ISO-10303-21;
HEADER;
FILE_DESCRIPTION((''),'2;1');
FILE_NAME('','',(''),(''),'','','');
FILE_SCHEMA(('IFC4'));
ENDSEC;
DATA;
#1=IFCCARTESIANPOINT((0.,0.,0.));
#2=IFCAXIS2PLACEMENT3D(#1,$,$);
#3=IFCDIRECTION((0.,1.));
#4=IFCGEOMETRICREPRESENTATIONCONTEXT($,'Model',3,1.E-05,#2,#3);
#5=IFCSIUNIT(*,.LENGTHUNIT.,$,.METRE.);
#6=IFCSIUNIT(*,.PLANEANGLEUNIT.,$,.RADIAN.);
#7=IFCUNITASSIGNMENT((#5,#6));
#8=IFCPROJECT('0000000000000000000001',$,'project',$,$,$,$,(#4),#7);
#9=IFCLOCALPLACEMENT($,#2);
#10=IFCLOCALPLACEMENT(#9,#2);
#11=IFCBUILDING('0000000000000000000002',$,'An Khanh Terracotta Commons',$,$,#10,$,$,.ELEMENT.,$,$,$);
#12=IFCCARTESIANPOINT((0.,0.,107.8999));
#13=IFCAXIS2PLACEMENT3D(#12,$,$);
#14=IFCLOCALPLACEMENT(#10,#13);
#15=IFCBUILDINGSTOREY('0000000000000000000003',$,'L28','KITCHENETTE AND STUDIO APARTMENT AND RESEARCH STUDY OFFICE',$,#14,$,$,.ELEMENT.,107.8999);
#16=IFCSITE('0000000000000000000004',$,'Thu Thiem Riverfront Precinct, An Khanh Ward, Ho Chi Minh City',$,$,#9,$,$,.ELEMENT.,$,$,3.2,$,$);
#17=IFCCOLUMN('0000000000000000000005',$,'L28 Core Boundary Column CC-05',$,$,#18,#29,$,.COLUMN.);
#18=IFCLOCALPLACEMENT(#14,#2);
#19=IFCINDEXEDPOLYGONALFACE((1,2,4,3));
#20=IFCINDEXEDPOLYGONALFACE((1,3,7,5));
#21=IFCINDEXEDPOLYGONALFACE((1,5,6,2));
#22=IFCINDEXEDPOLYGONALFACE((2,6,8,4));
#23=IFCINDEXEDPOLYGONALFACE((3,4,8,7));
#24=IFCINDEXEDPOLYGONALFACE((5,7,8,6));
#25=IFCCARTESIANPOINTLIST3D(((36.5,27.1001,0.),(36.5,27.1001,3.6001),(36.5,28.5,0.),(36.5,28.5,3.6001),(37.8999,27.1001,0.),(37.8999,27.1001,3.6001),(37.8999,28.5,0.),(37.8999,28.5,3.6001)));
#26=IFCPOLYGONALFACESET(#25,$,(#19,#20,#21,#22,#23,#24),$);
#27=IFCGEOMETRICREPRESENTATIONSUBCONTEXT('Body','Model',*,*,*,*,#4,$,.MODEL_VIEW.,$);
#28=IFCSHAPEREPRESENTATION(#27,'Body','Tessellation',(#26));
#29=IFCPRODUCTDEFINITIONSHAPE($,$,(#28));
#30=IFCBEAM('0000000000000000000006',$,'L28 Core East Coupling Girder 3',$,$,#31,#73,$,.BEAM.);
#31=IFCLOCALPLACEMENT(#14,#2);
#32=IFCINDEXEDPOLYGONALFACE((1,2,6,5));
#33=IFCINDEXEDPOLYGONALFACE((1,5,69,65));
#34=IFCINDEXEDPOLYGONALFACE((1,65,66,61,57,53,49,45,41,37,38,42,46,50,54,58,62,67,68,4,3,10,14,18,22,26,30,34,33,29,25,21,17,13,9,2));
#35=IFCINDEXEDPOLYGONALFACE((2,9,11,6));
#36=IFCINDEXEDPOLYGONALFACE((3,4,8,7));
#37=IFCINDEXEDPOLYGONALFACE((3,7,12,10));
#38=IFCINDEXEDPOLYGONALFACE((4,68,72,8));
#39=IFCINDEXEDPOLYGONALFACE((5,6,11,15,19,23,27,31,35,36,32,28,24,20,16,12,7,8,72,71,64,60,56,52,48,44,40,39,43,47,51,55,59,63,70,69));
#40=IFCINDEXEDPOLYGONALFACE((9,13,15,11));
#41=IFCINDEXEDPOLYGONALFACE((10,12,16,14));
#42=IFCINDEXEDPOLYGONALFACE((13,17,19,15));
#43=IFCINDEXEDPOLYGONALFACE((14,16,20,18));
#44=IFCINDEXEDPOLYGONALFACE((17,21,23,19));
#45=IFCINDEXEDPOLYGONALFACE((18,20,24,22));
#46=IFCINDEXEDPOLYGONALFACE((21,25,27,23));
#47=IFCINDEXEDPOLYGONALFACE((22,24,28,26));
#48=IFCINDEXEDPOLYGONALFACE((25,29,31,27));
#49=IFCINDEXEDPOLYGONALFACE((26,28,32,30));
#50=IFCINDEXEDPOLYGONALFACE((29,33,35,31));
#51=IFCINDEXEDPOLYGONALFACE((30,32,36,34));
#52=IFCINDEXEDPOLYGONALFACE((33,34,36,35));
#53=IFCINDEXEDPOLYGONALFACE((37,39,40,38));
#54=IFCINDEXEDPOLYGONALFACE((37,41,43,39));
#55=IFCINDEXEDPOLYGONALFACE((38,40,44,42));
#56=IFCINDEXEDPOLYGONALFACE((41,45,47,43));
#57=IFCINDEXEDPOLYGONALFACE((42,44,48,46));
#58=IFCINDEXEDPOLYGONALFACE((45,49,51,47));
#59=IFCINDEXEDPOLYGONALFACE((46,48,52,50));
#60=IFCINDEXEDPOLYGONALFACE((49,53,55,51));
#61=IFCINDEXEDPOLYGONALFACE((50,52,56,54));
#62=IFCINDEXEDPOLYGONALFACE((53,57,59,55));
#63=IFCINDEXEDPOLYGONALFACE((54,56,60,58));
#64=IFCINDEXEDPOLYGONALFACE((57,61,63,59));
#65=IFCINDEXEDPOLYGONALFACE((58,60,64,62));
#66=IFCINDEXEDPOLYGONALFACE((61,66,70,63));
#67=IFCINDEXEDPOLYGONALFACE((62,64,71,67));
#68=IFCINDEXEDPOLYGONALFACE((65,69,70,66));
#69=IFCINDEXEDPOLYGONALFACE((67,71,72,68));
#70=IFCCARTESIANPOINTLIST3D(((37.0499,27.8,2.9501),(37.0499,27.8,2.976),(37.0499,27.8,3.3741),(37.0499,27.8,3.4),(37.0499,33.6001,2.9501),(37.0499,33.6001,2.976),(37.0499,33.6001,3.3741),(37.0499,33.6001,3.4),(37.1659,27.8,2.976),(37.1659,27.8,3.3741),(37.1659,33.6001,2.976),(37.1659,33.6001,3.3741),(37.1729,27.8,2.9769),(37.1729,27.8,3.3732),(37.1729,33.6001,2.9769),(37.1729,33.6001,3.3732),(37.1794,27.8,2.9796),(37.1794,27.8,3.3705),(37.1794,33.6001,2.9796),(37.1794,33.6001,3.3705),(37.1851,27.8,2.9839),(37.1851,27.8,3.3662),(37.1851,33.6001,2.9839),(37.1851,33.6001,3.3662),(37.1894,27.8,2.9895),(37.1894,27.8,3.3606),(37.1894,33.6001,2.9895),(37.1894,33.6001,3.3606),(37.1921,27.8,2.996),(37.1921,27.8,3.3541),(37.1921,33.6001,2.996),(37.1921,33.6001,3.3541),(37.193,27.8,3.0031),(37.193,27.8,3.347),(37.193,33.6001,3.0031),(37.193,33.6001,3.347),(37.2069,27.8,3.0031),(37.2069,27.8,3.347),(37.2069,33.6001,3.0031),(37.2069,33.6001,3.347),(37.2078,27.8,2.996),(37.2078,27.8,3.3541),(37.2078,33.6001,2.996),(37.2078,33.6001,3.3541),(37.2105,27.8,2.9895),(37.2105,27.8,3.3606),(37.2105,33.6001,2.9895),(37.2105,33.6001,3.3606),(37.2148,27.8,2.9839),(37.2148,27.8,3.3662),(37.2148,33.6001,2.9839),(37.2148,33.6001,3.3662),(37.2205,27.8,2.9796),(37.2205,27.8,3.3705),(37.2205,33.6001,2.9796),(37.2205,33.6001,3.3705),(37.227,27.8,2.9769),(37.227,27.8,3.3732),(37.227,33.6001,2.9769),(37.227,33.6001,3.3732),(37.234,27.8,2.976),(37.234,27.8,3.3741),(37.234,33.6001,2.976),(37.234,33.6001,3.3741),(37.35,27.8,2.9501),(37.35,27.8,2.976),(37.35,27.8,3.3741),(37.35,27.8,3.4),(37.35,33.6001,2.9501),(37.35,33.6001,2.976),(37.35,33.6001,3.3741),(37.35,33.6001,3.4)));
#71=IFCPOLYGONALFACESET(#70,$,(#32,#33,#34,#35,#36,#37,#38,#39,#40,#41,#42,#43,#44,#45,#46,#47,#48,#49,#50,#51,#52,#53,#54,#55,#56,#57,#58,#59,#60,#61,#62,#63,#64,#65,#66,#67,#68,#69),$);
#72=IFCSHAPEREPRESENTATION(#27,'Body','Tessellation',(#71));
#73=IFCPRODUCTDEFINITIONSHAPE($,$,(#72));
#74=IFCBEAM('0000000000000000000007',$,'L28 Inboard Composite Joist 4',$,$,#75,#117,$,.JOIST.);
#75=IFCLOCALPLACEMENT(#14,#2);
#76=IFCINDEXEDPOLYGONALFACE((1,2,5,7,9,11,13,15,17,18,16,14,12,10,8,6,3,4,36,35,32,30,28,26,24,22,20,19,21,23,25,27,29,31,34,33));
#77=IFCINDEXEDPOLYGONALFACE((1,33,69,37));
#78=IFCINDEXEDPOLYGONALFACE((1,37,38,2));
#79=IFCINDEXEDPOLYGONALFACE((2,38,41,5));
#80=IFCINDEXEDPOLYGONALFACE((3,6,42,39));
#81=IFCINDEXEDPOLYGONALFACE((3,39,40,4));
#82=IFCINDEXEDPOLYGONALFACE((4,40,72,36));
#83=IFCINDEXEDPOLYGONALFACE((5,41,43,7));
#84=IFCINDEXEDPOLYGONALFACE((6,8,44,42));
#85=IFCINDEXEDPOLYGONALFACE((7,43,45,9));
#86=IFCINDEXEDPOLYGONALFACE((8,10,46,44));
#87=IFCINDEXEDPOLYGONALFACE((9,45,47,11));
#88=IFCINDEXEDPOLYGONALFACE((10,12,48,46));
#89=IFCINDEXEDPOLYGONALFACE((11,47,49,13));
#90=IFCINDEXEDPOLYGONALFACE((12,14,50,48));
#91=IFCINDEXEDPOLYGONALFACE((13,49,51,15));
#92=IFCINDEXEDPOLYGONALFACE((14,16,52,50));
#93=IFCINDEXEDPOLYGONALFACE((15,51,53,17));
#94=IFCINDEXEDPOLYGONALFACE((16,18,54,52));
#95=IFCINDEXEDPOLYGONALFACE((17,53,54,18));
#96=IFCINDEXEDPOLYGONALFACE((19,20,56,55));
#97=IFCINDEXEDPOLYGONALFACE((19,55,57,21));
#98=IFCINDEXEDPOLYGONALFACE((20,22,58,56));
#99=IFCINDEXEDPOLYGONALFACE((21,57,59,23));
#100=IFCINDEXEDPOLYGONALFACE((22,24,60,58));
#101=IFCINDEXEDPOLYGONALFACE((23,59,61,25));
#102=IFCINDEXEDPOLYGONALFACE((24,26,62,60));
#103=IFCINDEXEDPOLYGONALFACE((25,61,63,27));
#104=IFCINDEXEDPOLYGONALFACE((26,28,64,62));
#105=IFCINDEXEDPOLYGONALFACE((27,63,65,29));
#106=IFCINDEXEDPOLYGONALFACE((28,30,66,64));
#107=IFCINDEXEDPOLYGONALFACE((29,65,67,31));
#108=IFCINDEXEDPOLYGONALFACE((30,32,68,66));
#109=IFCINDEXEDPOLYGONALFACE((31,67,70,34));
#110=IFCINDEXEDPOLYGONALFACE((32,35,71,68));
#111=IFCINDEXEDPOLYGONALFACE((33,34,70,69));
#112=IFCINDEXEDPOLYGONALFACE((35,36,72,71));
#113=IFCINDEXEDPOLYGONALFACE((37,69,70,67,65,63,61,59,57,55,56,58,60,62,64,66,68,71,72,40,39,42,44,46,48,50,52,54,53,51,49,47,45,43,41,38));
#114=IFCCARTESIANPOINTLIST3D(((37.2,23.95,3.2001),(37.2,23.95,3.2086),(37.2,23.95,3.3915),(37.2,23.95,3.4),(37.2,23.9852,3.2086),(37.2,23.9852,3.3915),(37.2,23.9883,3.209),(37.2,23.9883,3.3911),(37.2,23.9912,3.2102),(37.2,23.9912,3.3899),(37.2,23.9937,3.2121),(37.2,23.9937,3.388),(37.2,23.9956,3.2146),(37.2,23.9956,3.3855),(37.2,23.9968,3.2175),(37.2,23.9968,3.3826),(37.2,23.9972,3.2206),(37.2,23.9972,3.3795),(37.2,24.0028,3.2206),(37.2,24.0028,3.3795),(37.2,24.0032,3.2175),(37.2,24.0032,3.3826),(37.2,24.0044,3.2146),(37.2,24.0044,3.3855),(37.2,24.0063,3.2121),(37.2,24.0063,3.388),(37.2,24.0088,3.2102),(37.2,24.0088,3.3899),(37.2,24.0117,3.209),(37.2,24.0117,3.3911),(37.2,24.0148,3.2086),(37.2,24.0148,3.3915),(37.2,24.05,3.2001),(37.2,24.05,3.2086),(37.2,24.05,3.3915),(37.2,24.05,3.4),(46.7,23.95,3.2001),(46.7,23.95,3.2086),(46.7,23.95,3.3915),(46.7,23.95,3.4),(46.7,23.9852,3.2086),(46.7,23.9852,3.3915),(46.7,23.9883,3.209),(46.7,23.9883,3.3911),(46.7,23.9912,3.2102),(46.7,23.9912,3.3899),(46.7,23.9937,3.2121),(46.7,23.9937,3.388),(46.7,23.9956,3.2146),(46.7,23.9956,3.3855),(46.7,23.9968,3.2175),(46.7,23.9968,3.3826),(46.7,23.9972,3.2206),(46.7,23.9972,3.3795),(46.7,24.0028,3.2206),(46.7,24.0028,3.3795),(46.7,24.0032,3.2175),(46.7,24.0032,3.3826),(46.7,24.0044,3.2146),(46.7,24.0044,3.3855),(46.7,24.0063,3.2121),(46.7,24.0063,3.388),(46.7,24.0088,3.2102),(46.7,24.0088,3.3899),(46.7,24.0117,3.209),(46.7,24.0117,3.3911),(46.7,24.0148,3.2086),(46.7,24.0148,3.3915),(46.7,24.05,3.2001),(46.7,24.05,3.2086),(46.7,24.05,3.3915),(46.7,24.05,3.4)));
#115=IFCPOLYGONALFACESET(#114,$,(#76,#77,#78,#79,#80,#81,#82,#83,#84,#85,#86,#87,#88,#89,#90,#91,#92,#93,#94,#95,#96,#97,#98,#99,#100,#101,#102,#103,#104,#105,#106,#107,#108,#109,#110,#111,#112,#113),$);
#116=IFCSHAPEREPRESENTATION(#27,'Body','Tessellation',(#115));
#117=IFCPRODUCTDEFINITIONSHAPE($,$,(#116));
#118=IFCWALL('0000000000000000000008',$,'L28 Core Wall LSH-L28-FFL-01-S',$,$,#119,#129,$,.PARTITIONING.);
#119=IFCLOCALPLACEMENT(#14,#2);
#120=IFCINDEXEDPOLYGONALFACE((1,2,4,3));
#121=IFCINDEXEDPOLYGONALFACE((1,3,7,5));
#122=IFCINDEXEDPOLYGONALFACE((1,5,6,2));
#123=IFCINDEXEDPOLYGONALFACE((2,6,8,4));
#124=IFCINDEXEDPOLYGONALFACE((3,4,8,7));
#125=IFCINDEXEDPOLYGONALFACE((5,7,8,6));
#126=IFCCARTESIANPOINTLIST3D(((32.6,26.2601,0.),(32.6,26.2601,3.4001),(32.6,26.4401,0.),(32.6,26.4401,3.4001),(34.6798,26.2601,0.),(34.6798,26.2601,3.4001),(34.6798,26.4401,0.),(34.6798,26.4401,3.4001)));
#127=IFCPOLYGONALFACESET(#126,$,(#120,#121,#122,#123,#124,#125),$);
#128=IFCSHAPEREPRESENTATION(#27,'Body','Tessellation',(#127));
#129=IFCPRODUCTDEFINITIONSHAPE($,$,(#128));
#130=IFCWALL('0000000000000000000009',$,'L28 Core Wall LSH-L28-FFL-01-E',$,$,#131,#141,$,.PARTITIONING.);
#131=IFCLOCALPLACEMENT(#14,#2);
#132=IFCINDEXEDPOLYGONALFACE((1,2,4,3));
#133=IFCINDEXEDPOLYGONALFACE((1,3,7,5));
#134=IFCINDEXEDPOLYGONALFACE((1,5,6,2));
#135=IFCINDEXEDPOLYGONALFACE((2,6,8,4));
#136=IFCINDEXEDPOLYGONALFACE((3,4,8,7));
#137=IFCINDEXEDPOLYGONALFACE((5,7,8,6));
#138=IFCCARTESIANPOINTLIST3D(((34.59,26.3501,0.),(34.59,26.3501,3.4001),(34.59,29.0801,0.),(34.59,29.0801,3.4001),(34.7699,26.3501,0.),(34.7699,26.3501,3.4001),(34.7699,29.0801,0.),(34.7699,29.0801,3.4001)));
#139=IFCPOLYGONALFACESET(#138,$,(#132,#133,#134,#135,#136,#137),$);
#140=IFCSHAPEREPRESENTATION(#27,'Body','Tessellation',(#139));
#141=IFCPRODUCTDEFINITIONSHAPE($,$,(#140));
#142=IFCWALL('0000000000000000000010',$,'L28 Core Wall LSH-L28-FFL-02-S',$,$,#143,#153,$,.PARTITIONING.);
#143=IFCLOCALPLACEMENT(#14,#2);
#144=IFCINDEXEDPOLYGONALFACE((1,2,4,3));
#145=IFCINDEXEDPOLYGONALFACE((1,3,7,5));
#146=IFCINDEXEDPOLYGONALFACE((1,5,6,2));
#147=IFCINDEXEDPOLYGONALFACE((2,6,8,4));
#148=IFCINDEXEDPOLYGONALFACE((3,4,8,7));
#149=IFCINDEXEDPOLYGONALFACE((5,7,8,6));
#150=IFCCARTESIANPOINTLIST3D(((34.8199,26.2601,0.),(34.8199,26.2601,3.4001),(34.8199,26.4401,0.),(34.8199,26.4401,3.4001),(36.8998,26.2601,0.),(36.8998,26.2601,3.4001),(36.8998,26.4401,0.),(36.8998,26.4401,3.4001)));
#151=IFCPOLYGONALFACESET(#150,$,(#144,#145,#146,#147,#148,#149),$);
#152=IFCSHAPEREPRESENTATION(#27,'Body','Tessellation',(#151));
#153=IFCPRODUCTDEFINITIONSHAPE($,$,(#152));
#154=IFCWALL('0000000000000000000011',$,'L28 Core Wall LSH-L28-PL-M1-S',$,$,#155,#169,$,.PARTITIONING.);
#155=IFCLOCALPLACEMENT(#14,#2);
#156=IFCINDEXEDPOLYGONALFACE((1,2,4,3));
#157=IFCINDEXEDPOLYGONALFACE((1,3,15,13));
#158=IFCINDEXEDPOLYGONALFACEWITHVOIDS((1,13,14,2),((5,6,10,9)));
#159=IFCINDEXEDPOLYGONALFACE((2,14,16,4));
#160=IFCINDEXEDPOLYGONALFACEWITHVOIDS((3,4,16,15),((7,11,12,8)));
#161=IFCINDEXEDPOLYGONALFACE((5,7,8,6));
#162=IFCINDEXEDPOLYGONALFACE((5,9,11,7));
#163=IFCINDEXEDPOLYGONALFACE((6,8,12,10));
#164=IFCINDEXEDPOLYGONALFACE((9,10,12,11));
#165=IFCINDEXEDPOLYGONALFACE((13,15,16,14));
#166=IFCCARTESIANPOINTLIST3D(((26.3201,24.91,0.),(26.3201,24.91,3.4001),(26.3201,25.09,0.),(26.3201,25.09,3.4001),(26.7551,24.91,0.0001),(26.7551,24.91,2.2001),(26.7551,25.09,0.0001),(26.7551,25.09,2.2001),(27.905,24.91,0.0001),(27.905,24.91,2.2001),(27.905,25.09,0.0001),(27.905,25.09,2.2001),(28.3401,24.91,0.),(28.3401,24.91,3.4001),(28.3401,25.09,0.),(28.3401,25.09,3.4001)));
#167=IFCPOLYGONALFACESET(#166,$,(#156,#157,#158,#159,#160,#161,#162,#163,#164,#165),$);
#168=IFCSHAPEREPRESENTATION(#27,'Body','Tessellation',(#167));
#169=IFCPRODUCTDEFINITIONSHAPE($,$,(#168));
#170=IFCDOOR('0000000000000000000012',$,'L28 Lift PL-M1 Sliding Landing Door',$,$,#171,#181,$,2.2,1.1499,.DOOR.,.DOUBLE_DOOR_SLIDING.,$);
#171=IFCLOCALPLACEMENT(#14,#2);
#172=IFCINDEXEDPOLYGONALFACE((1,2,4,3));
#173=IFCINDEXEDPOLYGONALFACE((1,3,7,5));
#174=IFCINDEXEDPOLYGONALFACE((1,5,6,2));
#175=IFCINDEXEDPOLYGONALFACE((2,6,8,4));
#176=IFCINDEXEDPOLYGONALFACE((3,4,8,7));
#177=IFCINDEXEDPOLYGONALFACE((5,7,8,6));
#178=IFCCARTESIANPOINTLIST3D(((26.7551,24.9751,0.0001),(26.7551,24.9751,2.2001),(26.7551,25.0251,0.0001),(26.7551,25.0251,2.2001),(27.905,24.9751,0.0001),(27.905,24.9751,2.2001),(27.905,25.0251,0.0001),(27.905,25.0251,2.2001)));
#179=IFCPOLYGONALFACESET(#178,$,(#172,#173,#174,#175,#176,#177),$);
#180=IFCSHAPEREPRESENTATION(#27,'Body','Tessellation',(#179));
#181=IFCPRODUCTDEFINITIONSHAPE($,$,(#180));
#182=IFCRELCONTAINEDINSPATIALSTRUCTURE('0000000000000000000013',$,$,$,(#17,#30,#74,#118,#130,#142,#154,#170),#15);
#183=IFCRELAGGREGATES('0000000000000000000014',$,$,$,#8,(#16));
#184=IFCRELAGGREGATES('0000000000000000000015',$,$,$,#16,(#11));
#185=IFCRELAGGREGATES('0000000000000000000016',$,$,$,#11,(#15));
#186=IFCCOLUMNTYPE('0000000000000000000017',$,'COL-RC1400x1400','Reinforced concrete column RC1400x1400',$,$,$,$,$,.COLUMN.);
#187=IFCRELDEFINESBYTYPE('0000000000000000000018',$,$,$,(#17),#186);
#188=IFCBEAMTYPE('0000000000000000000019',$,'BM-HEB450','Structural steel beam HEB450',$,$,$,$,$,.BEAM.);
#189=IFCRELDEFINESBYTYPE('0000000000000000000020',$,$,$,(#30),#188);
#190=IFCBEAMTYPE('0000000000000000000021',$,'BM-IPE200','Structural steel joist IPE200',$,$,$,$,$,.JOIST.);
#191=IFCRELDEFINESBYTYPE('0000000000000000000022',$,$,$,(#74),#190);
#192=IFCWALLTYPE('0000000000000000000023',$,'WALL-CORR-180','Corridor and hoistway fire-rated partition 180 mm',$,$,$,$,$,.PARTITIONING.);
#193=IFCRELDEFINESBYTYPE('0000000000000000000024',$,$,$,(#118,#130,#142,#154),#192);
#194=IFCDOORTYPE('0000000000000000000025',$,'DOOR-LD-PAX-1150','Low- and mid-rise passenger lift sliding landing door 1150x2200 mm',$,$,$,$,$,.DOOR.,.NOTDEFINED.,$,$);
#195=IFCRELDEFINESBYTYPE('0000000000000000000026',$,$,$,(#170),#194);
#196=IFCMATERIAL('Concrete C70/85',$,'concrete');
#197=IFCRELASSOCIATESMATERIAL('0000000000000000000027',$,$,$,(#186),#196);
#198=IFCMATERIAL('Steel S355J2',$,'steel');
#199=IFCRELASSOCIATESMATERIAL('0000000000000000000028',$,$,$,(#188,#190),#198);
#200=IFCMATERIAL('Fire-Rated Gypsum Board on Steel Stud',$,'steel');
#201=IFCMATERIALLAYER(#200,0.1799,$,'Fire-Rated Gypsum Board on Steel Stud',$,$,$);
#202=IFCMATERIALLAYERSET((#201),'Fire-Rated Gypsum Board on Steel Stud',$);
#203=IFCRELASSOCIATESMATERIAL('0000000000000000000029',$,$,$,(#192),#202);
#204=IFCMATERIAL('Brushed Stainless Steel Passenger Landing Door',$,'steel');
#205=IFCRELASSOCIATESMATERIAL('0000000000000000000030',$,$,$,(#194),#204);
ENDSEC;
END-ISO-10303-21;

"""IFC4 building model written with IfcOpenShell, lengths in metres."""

from ifc_helpers import new_model, si_unit, direction, frame, frame_2d, origin, origin_2d, place, context, subcontext, project, spatial, rectangle, i_section, extrude, material, layer, layer_set, material_profile, profile_set, type_object, element, fill, save


model = new_model("IFC4")

# Units and contexts
model_context = context("Model", 3, precision=1e-05, world=origin(), true_north=direction((0.0, 1.0)))
body_context = subcontext(model_context, "Body", "Model", "MODEL_VIEW")
ifc_project = project(units=[si_unit("LENGTHUNIT", "METRE"), si_unit("PLANEANGLEUNIT", "RADIAN")], contexts=[model_context])

# Site, building, storey
site_placement = place(None, origin())
site = spatial("IfcSite", under=ifc_project, at=site_placement, Name="Thu Thiem Riverfront Precinct, An Khanh Ward, Ho Chi Minh City", CompositionType="ELEMENT", RefElevation=3.2)
building_placement = place(site_placement, origin())
building = spatial("IfcBuilding", under=site, at=building_placement, Name="An Khanh Terracotta Commons", CompositionType="ELEMENT")
storey_placement = place(building_placement, frame((0.0, 0.0, 107.8999)))
storey = spatial("IfcBuildingStorey", under=building, at=storey_placement, Name="L28", Description="KITCHENETTE AND STUDIO APARTMENT AND RESEARCH STUDY OFFICE", CompositionType="ELEMENT", Elevation=107.8999)

# Column
ifc_material_1 = material(Name="Concrete C70/85", Category="concrete")
ifc_material_profile_1 = material_profile(ifc_material_1, rectangle(XDim=1.3999, YDim=1.3999, at=origin_2d()), Name="RC1400x1400")
ifc_profile_set_1 = profile_set([ifc_material_profile_1], Name="Concrete C70/85")
column_type = type_object("IfcColumnType", Name="COL-RC1400x1400", Description="Reinforced concrete column RC1400x1400", PredefinedType="COLUMN", material=ifc_profile_set_1)
column_placement = place(storey_placement, frame((37.2, 27.8, 0.0), z_axis=(0.0, 0.0, 1.0), x_axis=(1.0, 0.0, 0.0)))
element("IfcColumn", 1, at=column_placement, inside=storey, type_object=column_type, Name="L28 Core Boundary Column CC-05", PredefinedType="COLUMN", context=body_context, shape_type="SweptSolid", body=[
    extrude(rectangle(XDim=1.3999, YDim=1.3999, at=origin_2d()), origin(), (0.0, 0.0, 1.0), 3.6001),
])

# Beams
ifc_material_2 = material(Name="Steel S355J2", Category="steel")
ifc_material_profile_2 = material_profile(ifc_material_2, i_section(OverallWidth=0.3, OverallDepth=0.45, WebThickness=0.0139, FlangeThickness=0.0259, FilletRadius=0.0271, at=origin_2d()), Name="HEB450")
ifc_profile_set_2 = profile_set([ifc_material_profile_2], Name="Steel S355J2")
beam_type_1 = type_object("IfcBeamType", Name="BM-HEB450", Description="Structural steel beam HEB450", PredefinedType="BEAM", material=ifc_profile_set_2)
beam_1_placement = place(storey_placement, frame((37.2, 27.8, 3.175), z_axis=(0.0, 1.0, 0.0), x_axis=(-1.0, 0.0, 0.0)))
element("IfcBeam", 2, at=beam_1_placement, inside=storey, type_object=beam_type_1, Name="L28 Core East Coupling Girder 3", PredefinedType="BEAM", context=body_context, shape_type="SweptSolid", body=[
    extrude(i_section(OverallWidth=0.3, OverallDepth=0.45, WebThickness=0.0139, FlangeThickness=0.0259, FilletRadius=0.0271, at=origin_2d()), origin(), (0.0, 0.0, 1.0), 5.8),
])
ifc_material_profile_3 = material_profile(ifc_material_2, i_section(OverallWidth=0.1001, OverallDepth=0.2, WebThickness=0.0056, FlangeThickness=0.0085, FilletRadius=0.012, at=origin_2d()), Name="IPE200")
ifc_profile_set_3 = profile_set([ifc_material_profile_3], Name="Steel S355J2")
beam_type_2 = type_object("IfcBeamType", Name="BM-IPE200", Description="Structural steel joist IPE200", PredefinedType="JOIST", material=ifc_profile_set_3)
beam_2_placement = place(storey_placement, frame((37.2, 24.0, 3.3), z_axis=(1.0, 0.0, 0.0), x_axis=(0.0, 1.0, 0.0)))
element("IfcBeam", 3, at=beam_2_placement, inside=storey, type_object=beam_type_2, Name="L28 Inboard Composite Joist 4", PredefinedType="JOIST", context=body_context, shape_type="SweptSolid", body=[
    extrude(i_section(OverallWidth=0.1001, OverallDepth=0.2, WebThickness=0.0056, FlangeThickness=0.0085, FilletRadius=0.012, at=origin_2d()), origin(), (0.0, 0.0, 1.0), 9.5),
])

# Walls
ifc_material_3 = material(Name="Fire-Rated Gypsum Board on Steel Stud", Category="steel")
ifc_layer_1 = layer(ifc_material_3, 0.1799, Name="Fire-Rated Gypsum Board on Steel Stud")
ifc_layer_set_1 = layer_set([ifc_layer_1], Name="Fire-Rated Gypsum Board on Steel Stud")
wall_type_1 = type_object("IfcWallType", Name="WALL-CORR-180", Description="Corridor and hoistway fire-rated partition 180 mm", PredefinedType="PARTITIONING", material=ifc_layer_set_1)
wall_1_placement = place(storey_placement, frame((34.6799, 26.3501, 0.0), z_axis=(0.0, 0.0, 1.0), x_axis=(-1.0, 0.0, 0.0)))
element("IfcWall", 4, at=wall_1_placement, inside=storey, type_object=wall_type_1, Name="L28 Core Wall LSH-L28-FFL-01-S", PredefinedType="PARTITIONING", context=body_context, shape_type="SweptSolid", body=[
    extrude(rectangle(XDim=2.0798, YDim=0.1799, at=frame_2d((1.04, 0.0))), origin(), (0.0, 0.0, 1.0), 3.4001),
])
wall_2_placement = place(storey_placement, frame((34.6799, 26.3501, 0.0), z_axis=(0.0, 0.0, 1.0), x_axis=(0.0, 1.0, 0.0)))
element("IfcWall", 5, at=wall_2_placement, inside=storey, type_object=wall_type_1, Name="L28 Core Wall LSH-L28-FFL-01-E", PredefinedType="PARTITIONING", context=body_context, shape_type="SweptSolid", body=[
    extrude(rectangle(XDim=2.73, YDim=0.1799, at=frame_2d((1.365, 0.0))), origin(), (0.0, 0.0, 1.0), 3.4001),
])
wall_3_placement = place(storey_placement, frame((36.8999, 26.3501, 0.0), z_axis=(0.0, 0.0, 1.0), x_axis=(-1.0, 0.0, 0.0)))
element("IfcWall", 6, at=wall_3_placement, inside=storey, type_object=wall_type_1, Name="L28 Core Wall LSH-L28-FFL-02-S", PredefinedType="PARTITIONING", context=body_context, shape_type="SweptSolid", body=[
    extrude(rectangle(XDim=2.0798, YDim=0.1799, at=frame_2d((1.04, 0.0))), origin(), (0.0, 0.0, 1.0), 3.4001),
])

# Wall, opening, door
wall_4_placement = place(storey_placement, frame((28.3401, 25.0, 0.0), z_axis=(0.0, 0.0, 1.0), x_axis=(-1.0, 0.0, 0.0)))
wall_4 = element("IfcWall", 7, at=wall_4_placement, inside=storey, type_object=wall_type_1, Name="L28 Core Wall LSH-L28-PL-M1-S", PredefinedType="PARTITIONING", context=body_context, shape_type="SweptSolid", body=[
    extrude(rectangle(XDim=2.02, YDim=0.1799, at=frame_2d((1.01, 0.0))), origin(), (0.0, 0.0, 1.0), 3.4001),
])
opening_1_placement = place(wall_4_placement, frame((0.4351, 0.0, 0.0)))
opening_1 = element("IfcOpeningElement", 8, at=opening_1_placement, cuts=wall_4, PredefinedType="OPENING", context=body_context, shape_type="SweptSolid", body=[
    extrude(rectangle(XDim=1.1499, YDim=2.2, at=frame_2d((0.575, 1.1001))), frame((0.0, 0.0999, 0.0), z_axis=(0.0, -1.0, 0.0), x_axis=(1.0, 0.0, 0.0)), (0.0, 0.0, 1.0), 0.2),
])
ifc_material_4 = material(Name="Brushed Stainless Steel Passenger Landing Door", Category="steel")
door_type = type_object("IfcDoorType", Name="DOOR-LD-PAX-1150", Description="Low- and mid-rise passenger lift sliding landing door 1150x2200 mm", OperationType="NOTDEFINED", PredefinedType="DOOR", material=ifc_material_4)
door_1_placement = place(opening_1_placement, origin())
door_1 = element("IfcDoor", 9, at=door_1_placement, inside=storey, type_object=door_type, Name="L28 Lift PL-M1 Sliding Landing Door", OperationType="DOUBLE_DOOR_SLIDING", OverallHeight=2.2, OverallWidth=1.1499, PredefinedType="DOOR", context=body_context, shape_type="SweptSolid", body=[
    extrude(rectangle(XDim=1.1499, YDim=2.2, at=frame_2d((0.575, 1.1001))), frame((0.0, 0.0249, 0.0), z_axis=(0.0, -1.0, 0.0), x_axis=(1.0, 0.0, 0.0)), (0.0, 0.0, 1.0), 0.05),
])
fill(opening_1, door_1)

save(model, "model.ifc")
